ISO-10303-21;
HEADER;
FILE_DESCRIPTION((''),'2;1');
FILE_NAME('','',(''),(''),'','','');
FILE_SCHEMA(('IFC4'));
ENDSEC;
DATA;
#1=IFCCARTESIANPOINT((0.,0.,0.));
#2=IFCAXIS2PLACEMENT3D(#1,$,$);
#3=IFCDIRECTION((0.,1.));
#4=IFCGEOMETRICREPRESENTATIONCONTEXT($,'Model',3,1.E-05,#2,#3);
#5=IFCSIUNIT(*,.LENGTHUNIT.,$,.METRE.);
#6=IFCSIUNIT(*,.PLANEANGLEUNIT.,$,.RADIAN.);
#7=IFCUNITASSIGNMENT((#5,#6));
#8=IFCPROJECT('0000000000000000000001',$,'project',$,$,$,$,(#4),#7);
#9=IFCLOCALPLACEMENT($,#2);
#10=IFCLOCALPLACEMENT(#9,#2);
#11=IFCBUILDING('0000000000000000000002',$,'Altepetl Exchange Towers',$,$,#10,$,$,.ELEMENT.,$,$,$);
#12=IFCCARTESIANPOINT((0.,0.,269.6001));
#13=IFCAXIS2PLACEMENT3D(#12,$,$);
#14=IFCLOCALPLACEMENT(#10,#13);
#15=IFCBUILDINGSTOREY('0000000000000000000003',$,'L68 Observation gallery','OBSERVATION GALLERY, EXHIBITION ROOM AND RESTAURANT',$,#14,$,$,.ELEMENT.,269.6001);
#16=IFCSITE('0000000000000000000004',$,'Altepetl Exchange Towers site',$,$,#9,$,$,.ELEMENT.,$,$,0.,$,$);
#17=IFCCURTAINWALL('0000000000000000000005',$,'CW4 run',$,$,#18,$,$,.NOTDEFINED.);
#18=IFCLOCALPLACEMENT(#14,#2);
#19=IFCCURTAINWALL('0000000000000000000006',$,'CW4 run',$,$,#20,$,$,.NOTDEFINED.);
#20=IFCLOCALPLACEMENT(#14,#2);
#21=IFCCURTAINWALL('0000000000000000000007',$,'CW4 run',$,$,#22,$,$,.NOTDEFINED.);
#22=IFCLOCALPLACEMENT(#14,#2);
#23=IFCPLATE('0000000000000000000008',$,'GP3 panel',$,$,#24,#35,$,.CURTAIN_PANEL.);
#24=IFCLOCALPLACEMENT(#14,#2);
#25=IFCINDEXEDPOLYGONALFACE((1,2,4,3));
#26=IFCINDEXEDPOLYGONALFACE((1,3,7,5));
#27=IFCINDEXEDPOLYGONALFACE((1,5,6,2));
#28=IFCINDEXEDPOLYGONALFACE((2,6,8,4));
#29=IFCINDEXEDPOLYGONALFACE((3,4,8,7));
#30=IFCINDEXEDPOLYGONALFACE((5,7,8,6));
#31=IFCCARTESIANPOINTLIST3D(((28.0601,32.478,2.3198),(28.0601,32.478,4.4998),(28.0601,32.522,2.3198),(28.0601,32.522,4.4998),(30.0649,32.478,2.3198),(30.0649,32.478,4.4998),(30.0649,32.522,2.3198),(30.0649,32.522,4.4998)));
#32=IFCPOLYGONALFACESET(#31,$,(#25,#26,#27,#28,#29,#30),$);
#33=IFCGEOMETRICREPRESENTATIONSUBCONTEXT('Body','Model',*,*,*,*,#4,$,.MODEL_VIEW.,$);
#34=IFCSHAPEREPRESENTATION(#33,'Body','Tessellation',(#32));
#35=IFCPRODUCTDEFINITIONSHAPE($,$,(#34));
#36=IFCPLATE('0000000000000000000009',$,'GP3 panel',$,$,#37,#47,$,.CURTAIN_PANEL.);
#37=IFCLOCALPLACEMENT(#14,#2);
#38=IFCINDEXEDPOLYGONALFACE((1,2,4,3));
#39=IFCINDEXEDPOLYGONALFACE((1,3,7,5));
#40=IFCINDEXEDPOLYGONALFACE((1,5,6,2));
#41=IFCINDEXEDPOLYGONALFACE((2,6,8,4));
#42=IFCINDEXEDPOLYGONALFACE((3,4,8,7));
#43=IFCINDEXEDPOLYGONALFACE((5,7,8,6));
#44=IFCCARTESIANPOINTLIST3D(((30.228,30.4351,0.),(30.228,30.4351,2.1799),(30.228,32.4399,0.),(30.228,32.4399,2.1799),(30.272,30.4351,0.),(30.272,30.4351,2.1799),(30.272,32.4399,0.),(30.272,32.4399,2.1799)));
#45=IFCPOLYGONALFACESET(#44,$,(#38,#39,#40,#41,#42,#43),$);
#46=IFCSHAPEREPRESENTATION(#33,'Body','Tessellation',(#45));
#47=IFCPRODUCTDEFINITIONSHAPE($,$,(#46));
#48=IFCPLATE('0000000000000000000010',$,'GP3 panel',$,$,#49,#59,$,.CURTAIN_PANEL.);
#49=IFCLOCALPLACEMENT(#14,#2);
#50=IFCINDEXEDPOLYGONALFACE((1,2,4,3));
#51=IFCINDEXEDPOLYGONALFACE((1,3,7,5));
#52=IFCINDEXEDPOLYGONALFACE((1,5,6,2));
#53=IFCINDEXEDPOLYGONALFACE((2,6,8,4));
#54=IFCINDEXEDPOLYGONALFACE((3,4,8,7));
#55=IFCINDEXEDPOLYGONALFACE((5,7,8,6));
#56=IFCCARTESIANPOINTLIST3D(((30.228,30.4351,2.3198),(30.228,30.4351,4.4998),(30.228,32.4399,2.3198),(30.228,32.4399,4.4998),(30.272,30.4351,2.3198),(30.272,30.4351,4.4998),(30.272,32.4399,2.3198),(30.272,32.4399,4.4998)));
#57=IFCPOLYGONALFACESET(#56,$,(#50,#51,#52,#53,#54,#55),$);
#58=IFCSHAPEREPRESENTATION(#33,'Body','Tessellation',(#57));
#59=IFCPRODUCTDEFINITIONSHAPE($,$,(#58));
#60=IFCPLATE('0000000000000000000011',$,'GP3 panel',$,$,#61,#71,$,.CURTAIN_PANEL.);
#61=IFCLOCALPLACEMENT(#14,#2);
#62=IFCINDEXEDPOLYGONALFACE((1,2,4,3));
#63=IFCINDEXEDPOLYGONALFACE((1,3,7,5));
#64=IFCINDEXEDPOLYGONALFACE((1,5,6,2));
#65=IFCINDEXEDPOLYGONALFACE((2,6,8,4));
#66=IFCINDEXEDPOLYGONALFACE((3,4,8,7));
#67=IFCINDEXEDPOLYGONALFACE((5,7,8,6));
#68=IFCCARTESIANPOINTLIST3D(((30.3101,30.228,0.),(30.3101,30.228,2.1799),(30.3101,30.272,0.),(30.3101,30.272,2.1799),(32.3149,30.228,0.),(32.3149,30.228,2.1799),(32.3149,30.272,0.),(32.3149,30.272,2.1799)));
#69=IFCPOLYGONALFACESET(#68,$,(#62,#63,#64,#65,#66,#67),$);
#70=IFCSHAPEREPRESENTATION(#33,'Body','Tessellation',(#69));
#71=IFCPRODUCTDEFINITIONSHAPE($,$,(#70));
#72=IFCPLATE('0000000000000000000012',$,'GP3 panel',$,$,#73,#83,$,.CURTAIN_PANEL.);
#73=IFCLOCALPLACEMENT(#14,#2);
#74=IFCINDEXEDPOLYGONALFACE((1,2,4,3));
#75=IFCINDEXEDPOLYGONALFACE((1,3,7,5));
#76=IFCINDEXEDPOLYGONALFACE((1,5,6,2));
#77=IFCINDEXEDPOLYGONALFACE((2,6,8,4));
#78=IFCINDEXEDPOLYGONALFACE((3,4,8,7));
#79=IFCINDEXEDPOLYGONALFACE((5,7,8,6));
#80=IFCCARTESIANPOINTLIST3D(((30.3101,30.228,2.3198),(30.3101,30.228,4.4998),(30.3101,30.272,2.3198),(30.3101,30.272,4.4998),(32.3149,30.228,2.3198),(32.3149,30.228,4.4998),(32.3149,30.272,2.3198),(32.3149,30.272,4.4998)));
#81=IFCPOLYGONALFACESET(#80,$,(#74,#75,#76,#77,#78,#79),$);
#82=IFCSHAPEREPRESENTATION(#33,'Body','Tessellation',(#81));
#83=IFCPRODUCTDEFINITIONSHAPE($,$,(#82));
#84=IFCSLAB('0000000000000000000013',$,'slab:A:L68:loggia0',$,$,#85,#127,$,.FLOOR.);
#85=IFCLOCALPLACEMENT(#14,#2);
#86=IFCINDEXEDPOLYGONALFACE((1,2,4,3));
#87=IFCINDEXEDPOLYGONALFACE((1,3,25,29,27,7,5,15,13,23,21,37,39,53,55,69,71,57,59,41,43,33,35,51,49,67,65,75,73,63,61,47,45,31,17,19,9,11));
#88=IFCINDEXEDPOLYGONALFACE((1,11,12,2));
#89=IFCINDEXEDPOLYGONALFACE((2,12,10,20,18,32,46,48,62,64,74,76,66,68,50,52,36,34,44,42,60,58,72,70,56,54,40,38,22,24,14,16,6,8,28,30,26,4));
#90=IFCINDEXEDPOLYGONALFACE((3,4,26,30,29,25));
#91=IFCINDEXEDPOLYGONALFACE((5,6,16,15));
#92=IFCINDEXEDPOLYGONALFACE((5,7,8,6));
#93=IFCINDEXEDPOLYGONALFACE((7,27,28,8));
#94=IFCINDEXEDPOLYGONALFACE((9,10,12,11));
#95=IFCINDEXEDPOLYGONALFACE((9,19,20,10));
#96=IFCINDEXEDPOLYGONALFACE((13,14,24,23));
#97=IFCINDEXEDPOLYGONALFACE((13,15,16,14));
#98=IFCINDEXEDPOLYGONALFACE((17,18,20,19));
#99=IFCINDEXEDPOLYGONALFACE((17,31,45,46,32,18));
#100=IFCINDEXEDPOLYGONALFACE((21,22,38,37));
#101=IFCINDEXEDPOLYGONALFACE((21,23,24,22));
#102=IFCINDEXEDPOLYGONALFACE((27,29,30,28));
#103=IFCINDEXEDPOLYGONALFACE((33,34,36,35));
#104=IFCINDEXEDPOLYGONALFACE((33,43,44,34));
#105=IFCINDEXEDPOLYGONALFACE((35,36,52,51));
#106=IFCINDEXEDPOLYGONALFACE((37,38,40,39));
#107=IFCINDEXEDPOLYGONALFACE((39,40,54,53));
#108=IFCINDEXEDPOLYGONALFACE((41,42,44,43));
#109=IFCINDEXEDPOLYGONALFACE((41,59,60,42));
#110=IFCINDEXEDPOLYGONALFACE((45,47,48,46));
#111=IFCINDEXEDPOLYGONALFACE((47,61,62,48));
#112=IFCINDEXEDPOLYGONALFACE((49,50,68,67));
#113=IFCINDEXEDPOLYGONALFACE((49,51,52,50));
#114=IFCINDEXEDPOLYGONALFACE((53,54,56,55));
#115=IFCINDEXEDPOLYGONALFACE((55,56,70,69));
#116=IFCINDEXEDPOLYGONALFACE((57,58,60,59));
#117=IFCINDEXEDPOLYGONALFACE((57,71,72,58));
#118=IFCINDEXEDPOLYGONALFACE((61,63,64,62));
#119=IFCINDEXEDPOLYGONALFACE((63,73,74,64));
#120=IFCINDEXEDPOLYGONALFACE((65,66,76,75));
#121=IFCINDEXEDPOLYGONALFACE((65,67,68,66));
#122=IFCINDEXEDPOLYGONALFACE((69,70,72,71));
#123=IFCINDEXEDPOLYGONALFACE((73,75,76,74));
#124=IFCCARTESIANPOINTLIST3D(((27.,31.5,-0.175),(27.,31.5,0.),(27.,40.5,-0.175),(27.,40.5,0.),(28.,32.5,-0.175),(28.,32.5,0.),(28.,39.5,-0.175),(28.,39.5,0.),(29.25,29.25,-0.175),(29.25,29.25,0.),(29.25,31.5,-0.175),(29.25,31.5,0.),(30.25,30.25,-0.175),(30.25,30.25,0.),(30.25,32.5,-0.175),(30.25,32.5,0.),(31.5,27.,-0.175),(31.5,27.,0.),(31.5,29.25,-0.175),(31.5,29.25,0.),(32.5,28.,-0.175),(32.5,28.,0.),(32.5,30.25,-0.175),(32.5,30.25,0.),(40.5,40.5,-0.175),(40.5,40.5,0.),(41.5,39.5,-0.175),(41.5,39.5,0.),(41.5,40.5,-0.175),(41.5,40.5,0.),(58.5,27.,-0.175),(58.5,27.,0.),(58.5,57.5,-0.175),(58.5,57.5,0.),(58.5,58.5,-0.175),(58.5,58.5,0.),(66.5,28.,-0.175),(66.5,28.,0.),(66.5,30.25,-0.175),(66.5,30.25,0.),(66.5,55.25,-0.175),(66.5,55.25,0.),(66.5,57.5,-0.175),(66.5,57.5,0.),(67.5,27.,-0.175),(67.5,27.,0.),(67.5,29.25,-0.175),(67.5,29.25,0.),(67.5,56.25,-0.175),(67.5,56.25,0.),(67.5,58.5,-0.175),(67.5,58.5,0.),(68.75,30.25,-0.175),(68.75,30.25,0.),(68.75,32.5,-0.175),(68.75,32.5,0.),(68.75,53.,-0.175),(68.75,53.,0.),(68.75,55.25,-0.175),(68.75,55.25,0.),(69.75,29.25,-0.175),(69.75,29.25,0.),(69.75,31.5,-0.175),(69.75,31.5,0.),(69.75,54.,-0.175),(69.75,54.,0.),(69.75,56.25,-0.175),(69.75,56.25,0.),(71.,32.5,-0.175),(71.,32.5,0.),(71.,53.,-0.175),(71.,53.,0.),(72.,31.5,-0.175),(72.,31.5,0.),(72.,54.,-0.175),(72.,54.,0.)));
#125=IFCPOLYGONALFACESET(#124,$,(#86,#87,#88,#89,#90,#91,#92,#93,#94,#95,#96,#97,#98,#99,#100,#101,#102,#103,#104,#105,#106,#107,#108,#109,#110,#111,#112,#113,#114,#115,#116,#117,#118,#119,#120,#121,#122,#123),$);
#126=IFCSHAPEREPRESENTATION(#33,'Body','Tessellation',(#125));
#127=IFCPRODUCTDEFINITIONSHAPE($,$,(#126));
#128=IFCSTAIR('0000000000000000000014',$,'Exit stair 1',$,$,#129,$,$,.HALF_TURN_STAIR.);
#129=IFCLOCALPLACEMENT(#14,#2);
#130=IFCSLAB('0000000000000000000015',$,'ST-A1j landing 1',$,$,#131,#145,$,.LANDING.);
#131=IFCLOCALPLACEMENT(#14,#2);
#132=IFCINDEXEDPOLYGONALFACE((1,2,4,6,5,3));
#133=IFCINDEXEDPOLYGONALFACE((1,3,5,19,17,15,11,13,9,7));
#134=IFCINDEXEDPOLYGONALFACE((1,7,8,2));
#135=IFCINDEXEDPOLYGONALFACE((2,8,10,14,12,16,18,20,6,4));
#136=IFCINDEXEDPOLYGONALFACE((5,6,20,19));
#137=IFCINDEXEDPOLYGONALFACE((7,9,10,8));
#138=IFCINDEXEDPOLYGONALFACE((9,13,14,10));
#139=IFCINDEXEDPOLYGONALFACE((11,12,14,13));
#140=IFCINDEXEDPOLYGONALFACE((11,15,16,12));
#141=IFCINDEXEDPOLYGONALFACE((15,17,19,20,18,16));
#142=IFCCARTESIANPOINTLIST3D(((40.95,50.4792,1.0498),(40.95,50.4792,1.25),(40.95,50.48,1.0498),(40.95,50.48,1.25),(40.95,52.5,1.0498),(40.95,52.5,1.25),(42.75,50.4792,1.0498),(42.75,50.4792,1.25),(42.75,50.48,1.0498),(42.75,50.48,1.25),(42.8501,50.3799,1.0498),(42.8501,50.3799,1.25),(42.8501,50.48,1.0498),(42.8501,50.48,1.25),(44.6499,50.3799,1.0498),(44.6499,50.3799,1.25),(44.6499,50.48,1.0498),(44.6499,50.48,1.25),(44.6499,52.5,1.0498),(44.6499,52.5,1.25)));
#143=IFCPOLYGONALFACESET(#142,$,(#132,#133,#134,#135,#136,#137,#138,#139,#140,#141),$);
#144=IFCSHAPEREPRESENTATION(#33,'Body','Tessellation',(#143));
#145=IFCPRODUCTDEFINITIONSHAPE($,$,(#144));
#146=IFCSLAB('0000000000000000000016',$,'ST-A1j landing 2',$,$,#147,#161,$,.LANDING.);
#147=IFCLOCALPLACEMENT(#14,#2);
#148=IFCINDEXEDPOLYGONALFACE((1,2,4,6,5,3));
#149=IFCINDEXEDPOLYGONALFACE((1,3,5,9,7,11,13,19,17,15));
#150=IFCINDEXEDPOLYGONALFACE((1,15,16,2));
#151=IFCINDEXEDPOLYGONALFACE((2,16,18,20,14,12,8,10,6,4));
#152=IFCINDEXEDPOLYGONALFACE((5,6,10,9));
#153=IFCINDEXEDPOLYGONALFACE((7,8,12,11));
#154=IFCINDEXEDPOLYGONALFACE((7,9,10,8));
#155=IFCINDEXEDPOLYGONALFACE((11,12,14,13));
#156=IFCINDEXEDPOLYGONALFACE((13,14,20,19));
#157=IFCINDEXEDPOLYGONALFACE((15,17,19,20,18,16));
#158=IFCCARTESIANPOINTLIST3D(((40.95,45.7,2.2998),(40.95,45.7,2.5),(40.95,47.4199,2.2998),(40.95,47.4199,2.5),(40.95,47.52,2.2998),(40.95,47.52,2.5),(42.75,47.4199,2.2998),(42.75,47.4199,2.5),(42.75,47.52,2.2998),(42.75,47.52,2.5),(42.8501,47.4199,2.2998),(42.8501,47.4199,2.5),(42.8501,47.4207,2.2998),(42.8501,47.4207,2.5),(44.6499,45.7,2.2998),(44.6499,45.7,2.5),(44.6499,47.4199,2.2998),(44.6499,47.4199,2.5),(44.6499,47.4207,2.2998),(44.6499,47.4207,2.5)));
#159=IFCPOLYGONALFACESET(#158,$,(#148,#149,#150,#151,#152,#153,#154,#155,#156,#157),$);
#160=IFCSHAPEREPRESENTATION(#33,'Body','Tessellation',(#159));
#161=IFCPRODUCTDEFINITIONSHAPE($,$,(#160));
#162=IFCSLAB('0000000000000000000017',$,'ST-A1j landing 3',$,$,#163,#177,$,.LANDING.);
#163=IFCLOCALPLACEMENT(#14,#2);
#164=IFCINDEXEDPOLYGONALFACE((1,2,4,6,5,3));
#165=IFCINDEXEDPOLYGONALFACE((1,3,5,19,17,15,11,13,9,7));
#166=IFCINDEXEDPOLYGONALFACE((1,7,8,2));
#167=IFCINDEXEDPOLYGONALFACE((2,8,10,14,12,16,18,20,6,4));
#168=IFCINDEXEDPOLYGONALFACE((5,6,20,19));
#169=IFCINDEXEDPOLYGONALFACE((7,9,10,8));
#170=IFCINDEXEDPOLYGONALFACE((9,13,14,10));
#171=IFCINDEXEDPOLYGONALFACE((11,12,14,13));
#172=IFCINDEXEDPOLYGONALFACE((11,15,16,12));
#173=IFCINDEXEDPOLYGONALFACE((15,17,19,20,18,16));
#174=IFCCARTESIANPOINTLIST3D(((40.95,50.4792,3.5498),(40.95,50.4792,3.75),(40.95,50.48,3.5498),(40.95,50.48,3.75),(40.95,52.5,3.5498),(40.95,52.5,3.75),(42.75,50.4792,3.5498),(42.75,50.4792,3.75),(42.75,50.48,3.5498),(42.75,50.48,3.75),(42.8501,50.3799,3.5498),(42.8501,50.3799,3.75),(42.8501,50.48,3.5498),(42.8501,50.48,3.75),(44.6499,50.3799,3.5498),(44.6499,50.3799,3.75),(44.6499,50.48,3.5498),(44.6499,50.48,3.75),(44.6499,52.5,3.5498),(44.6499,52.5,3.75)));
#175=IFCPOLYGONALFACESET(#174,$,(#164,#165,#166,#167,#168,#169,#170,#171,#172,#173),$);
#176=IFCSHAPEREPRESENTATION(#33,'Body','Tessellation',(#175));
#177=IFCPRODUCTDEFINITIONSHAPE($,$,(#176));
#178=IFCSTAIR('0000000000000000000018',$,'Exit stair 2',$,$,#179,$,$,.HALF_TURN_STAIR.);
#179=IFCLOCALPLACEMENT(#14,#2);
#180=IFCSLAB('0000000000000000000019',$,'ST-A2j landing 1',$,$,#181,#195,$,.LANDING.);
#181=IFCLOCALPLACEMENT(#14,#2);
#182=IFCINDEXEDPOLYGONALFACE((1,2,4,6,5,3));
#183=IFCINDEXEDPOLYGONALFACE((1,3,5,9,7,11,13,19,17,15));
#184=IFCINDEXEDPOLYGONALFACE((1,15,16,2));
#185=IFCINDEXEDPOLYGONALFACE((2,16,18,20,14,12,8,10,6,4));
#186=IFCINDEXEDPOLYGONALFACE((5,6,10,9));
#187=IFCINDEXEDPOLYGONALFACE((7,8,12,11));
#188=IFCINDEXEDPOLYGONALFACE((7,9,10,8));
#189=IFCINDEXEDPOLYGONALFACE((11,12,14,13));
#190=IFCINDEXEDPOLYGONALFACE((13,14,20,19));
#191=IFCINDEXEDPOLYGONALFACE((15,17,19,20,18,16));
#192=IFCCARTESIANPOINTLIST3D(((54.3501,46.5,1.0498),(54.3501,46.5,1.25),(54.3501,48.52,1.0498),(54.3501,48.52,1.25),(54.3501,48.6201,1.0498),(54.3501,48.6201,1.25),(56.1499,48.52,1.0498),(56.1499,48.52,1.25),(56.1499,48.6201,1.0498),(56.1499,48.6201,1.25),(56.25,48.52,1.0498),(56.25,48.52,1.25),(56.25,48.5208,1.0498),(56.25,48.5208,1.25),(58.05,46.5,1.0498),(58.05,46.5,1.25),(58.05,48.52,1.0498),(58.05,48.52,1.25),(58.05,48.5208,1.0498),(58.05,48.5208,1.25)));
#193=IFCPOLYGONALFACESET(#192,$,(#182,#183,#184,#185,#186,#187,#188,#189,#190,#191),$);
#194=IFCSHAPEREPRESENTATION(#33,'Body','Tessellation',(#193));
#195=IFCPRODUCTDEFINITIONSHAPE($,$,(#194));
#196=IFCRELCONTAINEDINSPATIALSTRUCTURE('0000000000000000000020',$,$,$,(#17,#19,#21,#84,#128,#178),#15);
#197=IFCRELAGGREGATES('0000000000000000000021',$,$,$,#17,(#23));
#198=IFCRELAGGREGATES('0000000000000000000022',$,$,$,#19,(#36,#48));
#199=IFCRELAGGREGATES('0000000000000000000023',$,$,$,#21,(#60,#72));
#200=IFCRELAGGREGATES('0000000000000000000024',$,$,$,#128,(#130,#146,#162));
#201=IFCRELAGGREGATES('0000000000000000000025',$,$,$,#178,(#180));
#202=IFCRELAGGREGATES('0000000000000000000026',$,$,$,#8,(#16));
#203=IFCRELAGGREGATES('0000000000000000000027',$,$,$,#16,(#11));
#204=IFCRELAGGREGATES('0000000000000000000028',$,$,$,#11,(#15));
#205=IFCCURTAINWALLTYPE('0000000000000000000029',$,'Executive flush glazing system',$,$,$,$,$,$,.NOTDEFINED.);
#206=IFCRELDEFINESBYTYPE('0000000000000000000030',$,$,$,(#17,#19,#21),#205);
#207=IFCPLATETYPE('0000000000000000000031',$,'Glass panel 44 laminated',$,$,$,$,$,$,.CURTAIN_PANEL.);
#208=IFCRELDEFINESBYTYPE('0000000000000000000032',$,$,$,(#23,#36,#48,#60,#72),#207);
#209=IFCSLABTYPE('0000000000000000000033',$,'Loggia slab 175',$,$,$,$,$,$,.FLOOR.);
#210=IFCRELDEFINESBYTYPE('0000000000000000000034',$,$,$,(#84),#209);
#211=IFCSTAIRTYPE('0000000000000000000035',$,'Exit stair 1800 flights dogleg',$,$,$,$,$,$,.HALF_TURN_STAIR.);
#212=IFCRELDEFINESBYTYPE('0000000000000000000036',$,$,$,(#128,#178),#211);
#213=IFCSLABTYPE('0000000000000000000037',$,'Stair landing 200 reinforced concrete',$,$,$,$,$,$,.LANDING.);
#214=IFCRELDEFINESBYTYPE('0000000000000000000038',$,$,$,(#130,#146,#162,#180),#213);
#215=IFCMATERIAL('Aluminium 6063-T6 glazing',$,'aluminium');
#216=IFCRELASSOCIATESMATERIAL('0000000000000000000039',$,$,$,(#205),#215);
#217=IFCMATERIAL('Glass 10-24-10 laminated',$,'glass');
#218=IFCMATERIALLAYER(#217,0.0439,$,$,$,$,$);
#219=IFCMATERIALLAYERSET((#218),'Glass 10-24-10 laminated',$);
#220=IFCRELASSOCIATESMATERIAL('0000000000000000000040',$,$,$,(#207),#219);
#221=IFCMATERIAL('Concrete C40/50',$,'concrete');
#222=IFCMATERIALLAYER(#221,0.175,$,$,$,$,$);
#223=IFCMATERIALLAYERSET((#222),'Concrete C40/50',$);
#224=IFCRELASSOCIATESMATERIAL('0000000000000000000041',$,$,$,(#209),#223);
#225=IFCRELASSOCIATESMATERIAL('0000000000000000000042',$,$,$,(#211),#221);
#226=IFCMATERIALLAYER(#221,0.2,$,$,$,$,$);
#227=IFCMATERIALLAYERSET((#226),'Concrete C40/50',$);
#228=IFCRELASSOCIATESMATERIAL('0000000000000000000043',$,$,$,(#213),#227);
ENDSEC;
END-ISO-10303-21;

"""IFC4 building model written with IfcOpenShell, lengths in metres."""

from ifc_helpers import new_model, si_unit, direction, frame, origin, origin_2d, place, context, subcontext, project, spatial, polyline, rectangle, outline, extrude, material, layer, layer_set, type_object, element, aggregate, save


model = new_model("IFC4")

# Units and contexts
model_context = context("Model", 3, precision=1e-05, world=origin(), true_north=direction((0.0, 1.0)))
body_context = subcontext(model_context, "Body", "Model", "MODEL_VIEW")
ifc_project = project(units=[si_unit("LENGTHUNIT", "METRE"), si_unit("PLANEANGLEUNIT", "RADIAN")], contexts=[model_context])

# Site, building, storey
site_placement = place(None, origin())
site = spatial("IfcSite", under=ifc_project, at=site_placement, Name="Altepetl Exchange Towers site", CompositionType="ELEMENT", RefElevation=0.0)
building_placement = place(site_placement, origin())
building = spatial("IfcBuilding", under=site, at=building_placement, Name="Altepetl Exchange Towers", CompositionType="ELEMENT")
storey_placement = place(building_placement, frame((0.0, 0.0, 269.6001)))
storey = spatial("IfcBuildingStorey", under=building, at=storey_placement, Name="L68 Observation gallery", Description="OBSERVATION GALLERY, EXHIBITION ROOM AND RESTAURANT", CompositionType="ELEMENT", Elevation=269.6001)

# Curtain wall
ifc_material_1 = material(Name="Aluminium 6063-T6 glazing", Category="aluminium")
curtain_wall_type = type_object("IfcCurtainWallType", Name="Executive flush glazing system", PredefinedType="NOTDEFINED", material=ifc_material_1)
curtain_wall_1_placement = place(storey_placement, origin())
curtain_wall_1 = element("IfcCurtainWall", 1, at=curtain_wall_1_placement, inside=storey, type_object=curtain_wall_type, Name="CW4 run", PredefinedType="NOTDEFINED")

# Curtain walls
curtain_wall_2_placement = place(storey_placement, origin())
curtain_wall_2 = element("IfcCurtainWall", 2, at=curtain_wall_2_placement, inside=storey, type_object=curtain_wall_type, Name="CW4 run", PredefinedType="NOTDEFINED")
curtain_wall_3_placement = place(storey_placement, origin())
curtain_wall_3 = element("IfcCurtainWall", 3, at=curtain_wall_3_placement, inside=storey, type_object=curtain_wall_type, Name="CW4 run", PredefinedType="NOTDEFINED")

# Shared definitions
ifc_material_2 = material(Name="Concrete C40/50", Category="concrete")

# Plates
ifc_material_3 = material(Name="Glass 10-24-10 laminated", Category="glass")
ifc_layer_1 = layer(ifc_material_3, 0.0439)
ifc_layer_set_1 = layer_set([ifc_layer_1], Name="Glass 10-24-10 laminated")
plate_type = type_object("IfcPlateType", Name="Glass panel 44 laminated", PredefinedType="CURTAIN_PANEL", material=ifc_layer_set_1)
plate_1_placement = place(storey_placement, frame((29.0625, 32.5, 2.3198)))
plate_1 = element("IfcPlate", 4, at=plate_1_placement, type_object=plate_type, Name="GP3 panel", PredefinedType="CURTAIN_PANEL", context=body_context, shape_type="SweptSolid", body=[
    extrude(rectangle(XDim=2.0049, YDim=0.0439, at=origin_2d()), origin(), (0.0, 0.0, 1.0), 2.1799),
])
aggregate(curtain_wall_1, [plate_1])
plate_2_placement = place(storey_placement, frame((30.25, 31.4375, 0.0), z_axis=(0.0, 0.0, 1.0), x_axis=(0.0, -1.0, 0.0)))
plate_2 = element("IfcPlate", 5, at=plate_2_placement, type_object=plate_type, Name="GP3 panel", PredefinedType="CURTAIN_PANEL", context=body_context, shape_type="SweptSolid", body=[
    extrude(rectangle(XDim=2.0049, YDim=0.0439, at=origin_2d()), origin(), (0.0, 0.0, 1.0), 2.1799),
])
plate_3_placement = place(storey_placement, frame((30.25, 31.4375, 2.3198), z_axis=(0.0, 0.0, 1.0), x_axis=(0.0, -1.0, 0.0)))
plate_3 = element("IfcPlate", 6, at=plate_3_placement, type_object=plate_type, Name="GP3 panel", PredefinedType="CURTAIN_PANEL", context=body_context, shape_type="SweptSolid", body=[
    extrude(rectangle(XDim=2.0049, YDim=0.0439, at=origin_2d()), origin(), (0.0, 0.0, 1.0), 2.1799),
])
aggregate(curtain_wall_2, [plate_2, plate_3])
plate_4_placement = place(storey_placement, frame((31.3125, 30.25, 0.0)))
plate_4 = element("IfcPlate", 7, at=plate_4_placement, type_object=plate_type, Name="GP3 panel", PredefinedType="CURTAIN_PANEL", context=body_context, shape_type="SweptSolid", body=[
    extrude(rectangle(XDim=2.0049, YDim=0.0439, at=origin_2d()), origin(), (0.0, 0.0, 1.0), 2.1799),
])
plate_5_placement = place(storey_placement, frame((31.3125, 30.25, 2.3198)))
plate_5 = element("IfcPlate", 8, at=plate_5_placement, type_object=plate_type, Name="GP3 panel", PredefinedType="CURTAIN_PANEL", context=body_context, shape_type="SweptSolid", body=[
    extrude(rectangle(XDim=2.0049, YDim=0.0439, at=origin_2d()), origin(), (0.0, 0.0, 1.0), 2.1799),
])
aggregate(curtain_wall_3, [plate_4, plate_5])

# Slab
ifc_layer_2 = layer(ifc_material_2, 0.175)
ifc_layer_set_2 = layer_set([ifc_layer_2], Name="Concrete C40/50")
slab_type_1 = type_object("IfcSlabType", Name="Loggia slab 175", PredefinedType="FLOOR", material=ifc_layer_set_2)
slab_1_placement = place(storey_placement, frame((0.0, 0.0, -0.175)))
element("IfcSlab", 9, at=slab_1_placement, inside=storey, type_object=slab_type_1, Name="slab:A:L68:loggia0", PredefinedType="FLOOR", context=body_context, shape_type="SweptSolid", body=[
    extrude(outline(polyline([(40.5, 40.5), (27.0, 40.5), (27.0, 31.5), (29.25, 31.5), (29.25, 29.25), (31.5, 29.25), (31.5, 27.0), (58.5, 27.0), (67.5, 27.0), (67.5, 29.25), (69.75, 29.25), (69.75, 31.5), (72.0, 31.5), (72.0, 54.0), (69.75, 54.0), (69.75, 56.25), (67.5, 56.25), (67.5, 58.5), (58.5, 58.5), (58.5, 57.5), (66.5, 57.5), (66.5, 55.25), (68.75, 55.25), (68.75, 53.0), (71.0, 53.0), (71.0, 32.5), (68.75, 32.5), (68.75, 30.25), (66.5, 30.25), (66.5, 28.0), (32.5, 28.0), (32.5, 30.25), (30.25, 30.25), (30.25, 32.5), (28.0, 32.5), (28.0, 39.5), (41.5, 39.5), (41.5, 40.5), (40.5, 40.5)])), origin(), (0.0, 0.0, 1.0), 0.175),
])

# Stairs, slabs
stair_type = type_object("IfcStairType", Name="Exit stair 1800 flights dogleg", PredefinedType="HALF_TURN_STAIR", material=ifc_material_2)
stair_1_placement = place(storey_placement, origin())
stair_1 = element("IfcStair", 10, at=stair_1_placement, inside=storey, type_object=stair_type, Name="Exit stair 1", PredefinedType="HALF_TURN_STAIR")
ifc_layer_3 = layer(ifc_material_2, 0.2)
ifc_layer_set_3 = layer_set([ifc_layer_3], Name="Concrete C40/50")
slab_type_2 = type_object("IfcSlabType", Name="Stair landing 200 reinforced concrete", PredefinedType="LANDING", material=ifc_layer_set_3)
slab_2_placement = place(storey_placement, frame((0.0, 0.0, 1.0498)))
slab_2 = element("IfcSlab", 11, at=slab_2_placement, type_object=slab_type_2, Name="ST-A1j landing 1", PredefinedType="LANDING", context=body_context, shape_type="SweptSolid", body=[
    extrude(outline(polyline([(44.6499, 50.3799), (42.8501, 50.3799), (42.8501, 50.48), (42.75, 50.48), (42.75, 50.4792), (40.95, 50.4792), (40.95, 50.48), (40.95, 52.5), (44.6499, 52.5), (44.6499, 50.48), (44.6499, 50.3799)])), origin(), (0.0, 0.0, 1.0), 0.2002),
])
slab_3_placement = place(storey_placement, frame((0.0, 0.0, 2.2998)))
slab_3 = element("IfcSlab", 12, at=slab_3_placement, type_object=slab_type_2, Name="ST-A1j landing 2", PredefinedType="LANDING", context=body_context, shape_type="SweptSolid", body=[
    extrude(outline(polyline([(44.6499, 45.7), (40.95, 45.7), (40.95, 47.4199), (40.95, 47.52), (42.75, 47.52), (42.75, 47.4199), (42.8501, 47.4199), (42.8501, 47.4207), (44.6499, 47.4207), (44.6499, 47.4199), (44.6499, 45.7)])), origin(), (0.0, 0.0, 1.0), 0.2002),
])
slab_4_placement = place(storey_placement, frame((0.0, 0.0, 3.5498)))
slab_4 = element("IfcSlab", 13, at=slab_4_placement, type_object=slab_type_2, Name="ST-A1j landing 3", PredefinedType="LANDING", context=body_context, shape_type="SweptSolid", body=[
    extrude(outline(polyline([(44.6499, 50.3799), (42.8501, 50.3799), (42.8501, 50.48), (42.75, 50.48), (42.75, 50.4792), (40.95, 50.4792), (40.95, 50.48), (40.95, 52.5), (44.6499, 52.5), (44.6499, 50.48), (44.6499, 50.3799)])), origin(), (0.0, 0.0, 1.0), 0.2002),
])
aggregate(stair_1, [slab_2, slab_3, slab_4])
stair_2_placement = place(storey_placement, origin())
stair_2 = element("IfcStair", 14, at=stair_2_placement, inside=storey, type_object=stair_type, Name="Exit stair 2", PredefinedType="HALF_TURN_STAIR")
slab_5_placement = place(storey_placement, frame((0.0, 0.0, 1.0498)))
slab_5 = element("IfcSlab", 15, at=slab_5_placement, type_object=slab_type_2, Name="ST-A2j landing 1", PredefinedType="LANDING", context=body_context, shape_type="SweptSolid", body=[
    extrude(outline(polyline([(58.05, 46.5), (54.3501, 46.5), (54.3501, 48.52), (54.3501, 48.6201), (56.1499, 48.6201), (56.1499, 48.52), (56.25, 48.52), (56.25, 48.5208), (58.05, 48.5208), (58.05, 48.52), (58.05, 46.5)])), origin(), (0.0, 0.0, 1.0), 0.2002),
])
aggregate(stair_2, [slab_5])

save(model, "model.ifc")
